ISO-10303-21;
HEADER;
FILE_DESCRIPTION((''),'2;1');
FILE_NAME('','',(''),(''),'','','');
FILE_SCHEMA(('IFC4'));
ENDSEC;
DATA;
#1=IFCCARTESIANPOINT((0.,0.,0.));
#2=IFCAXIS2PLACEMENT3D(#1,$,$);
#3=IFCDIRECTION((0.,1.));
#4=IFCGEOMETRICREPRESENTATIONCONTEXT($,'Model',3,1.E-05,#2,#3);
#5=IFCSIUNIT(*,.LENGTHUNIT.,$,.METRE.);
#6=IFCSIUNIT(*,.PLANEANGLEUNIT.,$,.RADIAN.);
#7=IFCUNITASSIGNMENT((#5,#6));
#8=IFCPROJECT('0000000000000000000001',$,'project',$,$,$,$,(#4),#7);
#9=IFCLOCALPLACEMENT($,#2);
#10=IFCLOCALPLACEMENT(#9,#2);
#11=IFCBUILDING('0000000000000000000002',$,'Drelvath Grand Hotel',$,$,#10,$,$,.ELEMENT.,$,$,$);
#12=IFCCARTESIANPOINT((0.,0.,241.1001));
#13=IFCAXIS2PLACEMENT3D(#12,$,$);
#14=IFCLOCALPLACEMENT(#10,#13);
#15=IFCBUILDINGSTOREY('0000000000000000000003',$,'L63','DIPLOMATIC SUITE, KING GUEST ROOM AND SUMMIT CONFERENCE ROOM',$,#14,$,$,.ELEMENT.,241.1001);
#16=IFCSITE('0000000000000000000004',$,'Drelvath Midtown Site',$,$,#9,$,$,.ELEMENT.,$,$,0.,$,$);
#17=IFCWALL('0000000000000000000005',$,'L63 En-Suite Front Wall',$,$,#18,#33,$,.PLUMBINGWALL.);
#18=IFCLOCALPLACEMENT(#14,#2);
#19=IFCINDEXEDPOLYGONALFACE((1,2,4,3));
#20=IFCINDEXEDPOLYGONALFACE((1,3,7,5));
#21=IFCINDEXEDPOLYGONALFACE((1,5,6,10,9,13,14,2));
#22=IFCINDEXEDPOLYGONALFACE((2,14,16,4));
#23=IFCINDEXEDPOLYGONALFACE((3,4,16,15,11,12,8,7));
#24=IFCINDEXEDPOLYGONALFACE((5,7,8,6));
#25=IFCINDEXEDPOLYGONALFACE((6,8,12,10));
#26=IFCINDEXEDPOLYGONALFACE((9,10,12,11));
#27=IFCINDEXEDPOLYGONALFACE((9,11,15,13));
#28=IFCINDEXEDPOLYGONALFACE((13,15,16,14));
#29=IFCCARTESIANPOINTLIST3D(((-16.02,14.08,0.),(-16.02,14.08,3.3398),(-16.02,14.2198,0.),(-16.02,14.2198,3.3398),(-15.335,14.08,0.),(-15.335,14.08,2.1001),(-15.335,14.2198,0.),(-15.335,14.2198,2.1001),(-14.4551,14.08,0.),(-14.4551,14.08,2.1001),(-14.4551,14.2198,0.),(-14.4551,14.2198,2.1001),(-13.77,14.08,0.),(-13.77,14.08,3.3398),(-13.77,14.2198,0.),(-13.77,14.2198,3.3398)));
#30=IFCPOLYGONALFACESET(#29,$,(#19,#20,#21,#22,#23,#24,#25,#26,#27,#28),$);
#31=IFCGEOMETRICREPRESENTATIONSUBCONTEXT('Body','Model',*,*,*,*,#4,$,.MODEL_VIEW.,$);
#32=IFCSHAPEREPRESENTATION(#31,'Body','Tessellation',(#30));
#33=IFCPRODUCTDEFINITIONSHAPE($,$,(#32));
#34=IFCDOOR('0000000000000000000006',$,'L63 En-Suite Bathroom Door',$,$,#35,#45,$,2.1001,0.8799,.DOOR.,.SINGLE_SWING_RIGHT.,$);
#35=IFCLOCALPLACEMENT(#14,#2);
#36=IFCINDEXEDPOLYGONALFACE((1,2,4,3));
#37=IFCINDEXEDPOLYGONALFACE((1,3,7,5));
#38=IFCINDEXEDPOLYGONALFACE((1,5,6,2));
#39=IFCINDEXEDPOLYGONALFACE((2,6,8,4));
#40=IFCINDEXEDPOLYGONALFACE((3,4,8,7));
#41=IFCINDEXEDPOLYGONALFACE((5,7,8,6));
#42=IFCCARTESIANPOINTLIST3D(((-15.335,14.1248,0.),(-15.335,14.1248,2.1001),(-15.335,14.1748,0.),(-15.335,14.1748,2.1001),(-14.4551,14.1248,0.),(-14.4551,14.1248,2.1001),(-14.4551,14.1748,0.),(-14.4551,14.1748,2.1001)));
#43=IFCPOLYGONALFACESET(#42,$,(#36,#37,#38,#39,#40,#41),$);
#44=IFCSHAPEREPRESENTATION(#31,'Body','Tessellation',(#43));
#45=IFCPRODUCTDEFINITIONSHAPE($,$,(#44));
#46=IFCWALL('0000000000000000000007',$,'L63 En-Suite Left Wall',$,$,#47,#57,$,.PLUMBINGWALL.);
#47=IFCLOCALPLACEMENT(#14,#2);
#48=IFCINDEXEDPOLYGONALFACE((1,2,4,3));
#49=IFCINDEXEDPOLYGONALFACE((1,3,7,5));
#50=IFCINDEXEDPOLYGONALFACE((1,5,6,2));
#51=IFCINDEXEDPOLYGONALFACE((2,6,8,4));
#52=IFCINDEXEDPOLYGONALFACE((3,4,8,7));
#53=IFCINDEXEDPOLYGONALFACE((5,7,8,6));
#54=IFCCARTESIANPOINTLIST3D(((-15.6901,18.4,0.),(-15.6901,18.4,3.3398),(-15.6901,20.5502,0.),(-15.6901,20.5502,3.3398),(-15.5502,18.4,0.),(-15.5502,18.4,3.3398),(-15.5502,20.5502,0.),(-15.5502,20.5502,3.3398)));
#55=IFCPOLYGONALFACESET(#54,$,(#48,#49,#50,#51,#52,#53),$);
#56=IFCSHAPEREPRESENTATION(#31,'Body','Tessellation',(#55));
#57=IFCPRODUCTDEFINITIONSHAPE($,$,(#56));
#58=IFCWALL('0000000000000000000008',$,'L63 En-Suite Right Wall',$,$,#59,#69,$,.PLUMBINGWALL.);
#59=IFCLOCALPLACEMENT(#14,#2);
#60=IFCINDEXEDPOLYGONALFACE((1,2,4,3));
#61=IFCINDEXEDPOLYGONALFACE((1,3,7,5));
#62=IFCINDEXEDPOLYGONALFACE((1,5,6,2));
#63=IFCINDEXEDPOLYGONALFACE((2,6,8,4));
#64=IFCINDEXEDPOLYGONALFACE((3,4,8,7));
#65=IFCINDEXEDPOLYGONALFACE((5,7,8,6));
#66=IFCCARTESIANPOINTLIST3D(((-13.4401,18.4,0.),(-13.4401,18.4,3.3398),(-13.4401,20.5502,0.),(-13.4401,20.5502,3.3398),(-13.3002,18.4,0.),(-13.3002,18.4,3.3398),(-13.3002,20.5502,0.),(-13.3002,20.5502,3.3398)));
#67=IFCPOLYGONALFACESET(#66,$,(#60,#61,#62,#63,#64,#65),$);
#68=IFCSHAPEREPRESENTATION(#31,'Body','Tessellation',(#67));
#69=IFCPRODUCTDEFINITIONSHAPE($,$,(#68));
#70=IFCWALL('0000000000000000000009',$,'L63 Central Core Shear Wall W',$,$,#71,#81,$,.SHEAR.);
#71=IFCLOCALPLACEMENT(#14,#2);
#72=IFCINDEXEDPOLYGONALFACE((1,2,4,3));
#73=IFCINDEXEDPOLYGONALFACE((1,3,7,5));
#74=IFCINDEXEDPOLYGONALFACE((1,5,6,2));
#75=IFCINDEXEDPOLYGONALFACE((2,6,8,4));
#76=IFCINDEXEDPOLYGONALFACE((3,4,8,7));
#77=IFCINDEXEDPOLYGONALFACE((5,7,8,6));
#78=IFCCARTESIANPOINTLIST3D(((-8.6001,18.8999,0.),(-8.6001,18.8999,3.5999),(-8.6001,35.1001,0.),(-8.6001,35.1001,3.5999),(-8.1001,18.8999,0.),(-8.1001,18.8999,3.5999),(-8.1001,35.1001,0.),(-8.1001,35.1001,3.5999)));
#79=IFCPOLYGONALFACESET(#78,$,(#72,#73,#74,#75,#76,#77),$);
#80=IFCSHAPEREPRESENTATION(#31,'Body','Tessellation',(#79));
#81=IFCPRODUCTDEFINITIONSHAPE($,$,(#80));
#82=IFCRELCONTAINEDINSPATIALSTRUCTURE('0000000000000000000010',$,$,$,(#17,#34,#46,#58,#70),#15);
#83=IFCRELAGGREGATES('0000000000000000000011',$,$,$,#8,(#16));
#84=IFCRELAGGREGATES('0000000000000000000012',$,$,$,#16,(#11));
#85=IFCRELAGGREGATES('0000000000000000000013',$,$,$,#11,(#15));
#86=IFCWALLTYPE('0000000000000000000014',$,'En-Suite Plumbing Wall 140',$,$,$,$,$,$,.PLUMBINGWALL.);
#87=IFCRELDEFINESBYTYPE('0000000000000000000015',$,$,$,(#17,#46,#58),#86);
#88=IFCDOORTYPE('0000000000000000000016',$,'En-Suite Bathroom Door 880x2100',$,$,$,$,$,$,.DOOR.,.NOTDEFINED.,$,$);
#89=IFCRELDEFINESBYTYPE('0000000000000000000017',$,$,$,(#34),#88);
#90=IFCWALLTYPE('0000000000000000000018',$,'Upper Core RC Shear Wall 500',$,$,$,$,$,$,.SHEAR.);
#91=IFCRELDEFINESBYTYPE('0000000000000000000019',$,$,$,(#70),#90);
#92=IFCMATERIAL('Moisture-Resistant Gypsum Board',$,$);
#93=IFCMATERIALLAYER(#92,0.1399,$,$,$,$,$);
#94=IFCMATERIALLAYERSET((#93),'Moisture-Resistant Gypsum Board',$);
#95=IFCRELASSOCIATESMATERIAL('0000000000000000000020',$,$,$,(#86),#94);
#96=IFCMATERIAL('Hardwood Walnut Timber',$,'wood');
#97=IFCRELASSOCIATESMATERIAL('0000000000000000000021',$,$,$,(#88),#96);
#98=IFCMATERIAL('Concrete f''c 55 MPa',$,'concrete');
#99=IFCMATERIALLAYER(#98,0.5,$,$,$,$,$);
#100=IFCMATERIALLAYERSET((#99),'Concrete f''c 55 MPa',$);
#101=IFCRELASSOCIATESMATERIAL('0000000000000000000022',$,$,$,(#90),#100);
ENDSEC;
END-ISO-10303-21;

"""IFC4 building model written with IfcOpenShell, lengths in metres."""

from ifc_helpers import new_model, si_unit, direction, frame, frame_2d, origin, place, context, subcontext, project, spatial, rectangle, extrude, material, layer, layer_set, type_object, element, fill, save


model = new_model("IFC4")

# Units and contexts
model_context = context("Model", 3, precision=1e-05, world=origin(), true_north=direction((0.0, 1.0)))
body_context = subcontext(model_context, "Body", "Model", "MODEL_VIEW")
ifc_project = project(units=[si_unit("LENGTHUNIT", "METRE"), si_unit("PLANEANGLEUNIT", "RADIAN")], contexts=[model_context])

# Site, building, storey
site_placement = place(None, origin())
site = spatial("IfcSite", under=ifc_project, at=site_placement, Name="Drelvath Midtown Site", CompositionType="ELEMENT", RefElevation=0.0)
building_placement = place(site_placement, origin())
building = spatial("IfcBuilding", under=site, at=building_placement, Name="Drelvath Grand Hotel", CompositionType="ELEMENT")
storey_placement = place(building_placement, frame((0.0, 0.0, 241.1001)))
storey = spatial("IfcBuildingStorey", under=building, at=storey_placement, Name="L63", Description="DIPLOMATIC SUITE, KING GUEST ROOM AND SUMMIT CONFERENCE ROOM", CompositionType="ELEMENT", Elevation=241.1001)

# Shared definitions
ifc_material_1 = material(Name="Hardwood Walnut Timber", Category="wood")

# Shared definitions
ifc_material_2 = material(Name="Moisture-Resistant Gypsum Board")
ifc_layer_1 = layer(ifc_material_2, 0.1399)
ifc_layer_set_1 = layer_set([ifc_layer_1], Name="Moisture-Resistant Gypsum Board")
wall_type_1 = type_object("IfcWallType", Name="En-Suite Plumbing Wall 140", PredefinedType="PLUMBINGWALL", material=ifc_layer_set_1)

# Wall, opening, door
wall_1_placement = place(storey_placement, frame((-16.02, 14.1499, 0.0), z_axis=(0.0, 0.0, 1.0), x_axis=(1.0, 0.0, 0.0)))
wall_1 = element("IfcWall", 1, at=wall_1_placement, inside=storey, type_object=wall_type_1, Name="L63 En-Suite Front Wall", PredefinedType="PLUMBINGWALL", context=body_context, shape_type="SweptSolid", body=[
    extrude(rectangle(XDim=2.25, YDim=0.1399, at=frame_2d((1.125, 0.0))), origin(), (0.0, 0.0, 1.0), 3.3398),
])
opening_1_placement = place(wall_1_placement, frame((0.6851, 0.0, 0.0)))
opening_1 = element("IfcOpeningElement", 2, at=opening_1_placement, cuts=wall_1, PredefinedType="OPENING", context=body_context, shape_type="SweptSolid", body=[
    extrude(rectangle(XDim=0.8799, YDim=2.1001, at=frame_2d((0.4399, 1.05))), frame((0.0, 0.0798, 0.0), z_axis=(0.0, -1.0, 0.0), x_axis=(1.0, 0.0, 0.0)), (0.0, 0.0, 1.0), 0.1599),
])
door_type_1 = type_object("IfcDoorType", Name="En-Suite Bathroom Door 880x2100", OperationType="NOTDEFINED", PredefinedType="DOOR", material=ifc_material_1)
door_1_placement = place(opening_1_placement, origin())
door_1 = element("IfcDoor", 3, at=door_1_placement, inside=storey, type_object=door_type_1, Name="L63 En-Suite Bathroom Door", OperationType="SINGLE_SWING_RIGHT", OverallHeight=2.1001, OverallWidth=0.8799, PredefinedType="DOOR", context=body_context, shape_type="SweptSolid", body=[
    extrude(rectangle(XDim=0.8799, YDim=2.1001, at=frame_2d((0.4399, 1.05))), frame((0.0, 0.0249, 0.0), z_axis=(0.0, -1.0, 0.0), x_axis=(1.0, 0.0, 0.0)), (0.0, 0.0, 1.0), 0.05),
])
fill(opening_1, door_1)

# Walls
for number, where, z_axis, x_axis, name in (
    (4, (-15.6201, 18.3999, 0.0), (0.0, 0.0, 1.0), (0.0, 1.0, 0.0), "L63 En-Suite Left Wall"),
    (5, (-13.3701, 18.3999, 0.0), (0.0, 0.0, 1.0), (0.0, 1.0, 0.0), "L63 En-Suite Right Wall"),
):
    element("IfcWall", number, at=place(storey_placement, frame(where, z_axis=z_axis, x_axis=x_axis)), inside=storey, type_object=wall_type_1, Name=name, PredefinedType="PLUMBINGWALL", context=body_context, shape_type="SweptSolid", body=[
        extrude(rectangle(XDim=2.1501, YDim=0.1399, at=frame_2d((1.0752, 0.0))), origin(), (0.0, 0.0, 1.0), 3.3398),
    ])
ifc_material_3 = material(Name="Concrete f'c 55 MPa", Category="concrete")
ifc_layer_2 = layer(ifc_material_3, 0.5)
ifc_layer_set_2 = layer_set([ifc_layer_2], Name="Concrete f'c 55 MPa")
wall_type_2 = type_object("IfcWallType", Name="Upper Core RC Shear Wall 500", PredefinedType="SHEAR", material=ifc_layer_set_2)
wall_2_placement = place(storey_placement, frame((-8.3501, 18.8999, 0.0), z_axis=(0.0, 0.0, 1.0), x_axis=(0.0, 1.0, 0.0)))
element("IfcWall", 6, at=wall_2_placement, inside=storey, type_object=wall_type_2, Name="L63 Central Core Shear Wall W", PredefinedType="SHEAR", context=body_context, shape_type="SweptSolid", body=[
    extrude(rectangle(XDim=16.2002, YDim=0.5, at=frame_2d((8.1001, 0.0))), origin(), (0.0, 0.0, 1.0), 3.5999),
])

save(model, "model.ifc")
